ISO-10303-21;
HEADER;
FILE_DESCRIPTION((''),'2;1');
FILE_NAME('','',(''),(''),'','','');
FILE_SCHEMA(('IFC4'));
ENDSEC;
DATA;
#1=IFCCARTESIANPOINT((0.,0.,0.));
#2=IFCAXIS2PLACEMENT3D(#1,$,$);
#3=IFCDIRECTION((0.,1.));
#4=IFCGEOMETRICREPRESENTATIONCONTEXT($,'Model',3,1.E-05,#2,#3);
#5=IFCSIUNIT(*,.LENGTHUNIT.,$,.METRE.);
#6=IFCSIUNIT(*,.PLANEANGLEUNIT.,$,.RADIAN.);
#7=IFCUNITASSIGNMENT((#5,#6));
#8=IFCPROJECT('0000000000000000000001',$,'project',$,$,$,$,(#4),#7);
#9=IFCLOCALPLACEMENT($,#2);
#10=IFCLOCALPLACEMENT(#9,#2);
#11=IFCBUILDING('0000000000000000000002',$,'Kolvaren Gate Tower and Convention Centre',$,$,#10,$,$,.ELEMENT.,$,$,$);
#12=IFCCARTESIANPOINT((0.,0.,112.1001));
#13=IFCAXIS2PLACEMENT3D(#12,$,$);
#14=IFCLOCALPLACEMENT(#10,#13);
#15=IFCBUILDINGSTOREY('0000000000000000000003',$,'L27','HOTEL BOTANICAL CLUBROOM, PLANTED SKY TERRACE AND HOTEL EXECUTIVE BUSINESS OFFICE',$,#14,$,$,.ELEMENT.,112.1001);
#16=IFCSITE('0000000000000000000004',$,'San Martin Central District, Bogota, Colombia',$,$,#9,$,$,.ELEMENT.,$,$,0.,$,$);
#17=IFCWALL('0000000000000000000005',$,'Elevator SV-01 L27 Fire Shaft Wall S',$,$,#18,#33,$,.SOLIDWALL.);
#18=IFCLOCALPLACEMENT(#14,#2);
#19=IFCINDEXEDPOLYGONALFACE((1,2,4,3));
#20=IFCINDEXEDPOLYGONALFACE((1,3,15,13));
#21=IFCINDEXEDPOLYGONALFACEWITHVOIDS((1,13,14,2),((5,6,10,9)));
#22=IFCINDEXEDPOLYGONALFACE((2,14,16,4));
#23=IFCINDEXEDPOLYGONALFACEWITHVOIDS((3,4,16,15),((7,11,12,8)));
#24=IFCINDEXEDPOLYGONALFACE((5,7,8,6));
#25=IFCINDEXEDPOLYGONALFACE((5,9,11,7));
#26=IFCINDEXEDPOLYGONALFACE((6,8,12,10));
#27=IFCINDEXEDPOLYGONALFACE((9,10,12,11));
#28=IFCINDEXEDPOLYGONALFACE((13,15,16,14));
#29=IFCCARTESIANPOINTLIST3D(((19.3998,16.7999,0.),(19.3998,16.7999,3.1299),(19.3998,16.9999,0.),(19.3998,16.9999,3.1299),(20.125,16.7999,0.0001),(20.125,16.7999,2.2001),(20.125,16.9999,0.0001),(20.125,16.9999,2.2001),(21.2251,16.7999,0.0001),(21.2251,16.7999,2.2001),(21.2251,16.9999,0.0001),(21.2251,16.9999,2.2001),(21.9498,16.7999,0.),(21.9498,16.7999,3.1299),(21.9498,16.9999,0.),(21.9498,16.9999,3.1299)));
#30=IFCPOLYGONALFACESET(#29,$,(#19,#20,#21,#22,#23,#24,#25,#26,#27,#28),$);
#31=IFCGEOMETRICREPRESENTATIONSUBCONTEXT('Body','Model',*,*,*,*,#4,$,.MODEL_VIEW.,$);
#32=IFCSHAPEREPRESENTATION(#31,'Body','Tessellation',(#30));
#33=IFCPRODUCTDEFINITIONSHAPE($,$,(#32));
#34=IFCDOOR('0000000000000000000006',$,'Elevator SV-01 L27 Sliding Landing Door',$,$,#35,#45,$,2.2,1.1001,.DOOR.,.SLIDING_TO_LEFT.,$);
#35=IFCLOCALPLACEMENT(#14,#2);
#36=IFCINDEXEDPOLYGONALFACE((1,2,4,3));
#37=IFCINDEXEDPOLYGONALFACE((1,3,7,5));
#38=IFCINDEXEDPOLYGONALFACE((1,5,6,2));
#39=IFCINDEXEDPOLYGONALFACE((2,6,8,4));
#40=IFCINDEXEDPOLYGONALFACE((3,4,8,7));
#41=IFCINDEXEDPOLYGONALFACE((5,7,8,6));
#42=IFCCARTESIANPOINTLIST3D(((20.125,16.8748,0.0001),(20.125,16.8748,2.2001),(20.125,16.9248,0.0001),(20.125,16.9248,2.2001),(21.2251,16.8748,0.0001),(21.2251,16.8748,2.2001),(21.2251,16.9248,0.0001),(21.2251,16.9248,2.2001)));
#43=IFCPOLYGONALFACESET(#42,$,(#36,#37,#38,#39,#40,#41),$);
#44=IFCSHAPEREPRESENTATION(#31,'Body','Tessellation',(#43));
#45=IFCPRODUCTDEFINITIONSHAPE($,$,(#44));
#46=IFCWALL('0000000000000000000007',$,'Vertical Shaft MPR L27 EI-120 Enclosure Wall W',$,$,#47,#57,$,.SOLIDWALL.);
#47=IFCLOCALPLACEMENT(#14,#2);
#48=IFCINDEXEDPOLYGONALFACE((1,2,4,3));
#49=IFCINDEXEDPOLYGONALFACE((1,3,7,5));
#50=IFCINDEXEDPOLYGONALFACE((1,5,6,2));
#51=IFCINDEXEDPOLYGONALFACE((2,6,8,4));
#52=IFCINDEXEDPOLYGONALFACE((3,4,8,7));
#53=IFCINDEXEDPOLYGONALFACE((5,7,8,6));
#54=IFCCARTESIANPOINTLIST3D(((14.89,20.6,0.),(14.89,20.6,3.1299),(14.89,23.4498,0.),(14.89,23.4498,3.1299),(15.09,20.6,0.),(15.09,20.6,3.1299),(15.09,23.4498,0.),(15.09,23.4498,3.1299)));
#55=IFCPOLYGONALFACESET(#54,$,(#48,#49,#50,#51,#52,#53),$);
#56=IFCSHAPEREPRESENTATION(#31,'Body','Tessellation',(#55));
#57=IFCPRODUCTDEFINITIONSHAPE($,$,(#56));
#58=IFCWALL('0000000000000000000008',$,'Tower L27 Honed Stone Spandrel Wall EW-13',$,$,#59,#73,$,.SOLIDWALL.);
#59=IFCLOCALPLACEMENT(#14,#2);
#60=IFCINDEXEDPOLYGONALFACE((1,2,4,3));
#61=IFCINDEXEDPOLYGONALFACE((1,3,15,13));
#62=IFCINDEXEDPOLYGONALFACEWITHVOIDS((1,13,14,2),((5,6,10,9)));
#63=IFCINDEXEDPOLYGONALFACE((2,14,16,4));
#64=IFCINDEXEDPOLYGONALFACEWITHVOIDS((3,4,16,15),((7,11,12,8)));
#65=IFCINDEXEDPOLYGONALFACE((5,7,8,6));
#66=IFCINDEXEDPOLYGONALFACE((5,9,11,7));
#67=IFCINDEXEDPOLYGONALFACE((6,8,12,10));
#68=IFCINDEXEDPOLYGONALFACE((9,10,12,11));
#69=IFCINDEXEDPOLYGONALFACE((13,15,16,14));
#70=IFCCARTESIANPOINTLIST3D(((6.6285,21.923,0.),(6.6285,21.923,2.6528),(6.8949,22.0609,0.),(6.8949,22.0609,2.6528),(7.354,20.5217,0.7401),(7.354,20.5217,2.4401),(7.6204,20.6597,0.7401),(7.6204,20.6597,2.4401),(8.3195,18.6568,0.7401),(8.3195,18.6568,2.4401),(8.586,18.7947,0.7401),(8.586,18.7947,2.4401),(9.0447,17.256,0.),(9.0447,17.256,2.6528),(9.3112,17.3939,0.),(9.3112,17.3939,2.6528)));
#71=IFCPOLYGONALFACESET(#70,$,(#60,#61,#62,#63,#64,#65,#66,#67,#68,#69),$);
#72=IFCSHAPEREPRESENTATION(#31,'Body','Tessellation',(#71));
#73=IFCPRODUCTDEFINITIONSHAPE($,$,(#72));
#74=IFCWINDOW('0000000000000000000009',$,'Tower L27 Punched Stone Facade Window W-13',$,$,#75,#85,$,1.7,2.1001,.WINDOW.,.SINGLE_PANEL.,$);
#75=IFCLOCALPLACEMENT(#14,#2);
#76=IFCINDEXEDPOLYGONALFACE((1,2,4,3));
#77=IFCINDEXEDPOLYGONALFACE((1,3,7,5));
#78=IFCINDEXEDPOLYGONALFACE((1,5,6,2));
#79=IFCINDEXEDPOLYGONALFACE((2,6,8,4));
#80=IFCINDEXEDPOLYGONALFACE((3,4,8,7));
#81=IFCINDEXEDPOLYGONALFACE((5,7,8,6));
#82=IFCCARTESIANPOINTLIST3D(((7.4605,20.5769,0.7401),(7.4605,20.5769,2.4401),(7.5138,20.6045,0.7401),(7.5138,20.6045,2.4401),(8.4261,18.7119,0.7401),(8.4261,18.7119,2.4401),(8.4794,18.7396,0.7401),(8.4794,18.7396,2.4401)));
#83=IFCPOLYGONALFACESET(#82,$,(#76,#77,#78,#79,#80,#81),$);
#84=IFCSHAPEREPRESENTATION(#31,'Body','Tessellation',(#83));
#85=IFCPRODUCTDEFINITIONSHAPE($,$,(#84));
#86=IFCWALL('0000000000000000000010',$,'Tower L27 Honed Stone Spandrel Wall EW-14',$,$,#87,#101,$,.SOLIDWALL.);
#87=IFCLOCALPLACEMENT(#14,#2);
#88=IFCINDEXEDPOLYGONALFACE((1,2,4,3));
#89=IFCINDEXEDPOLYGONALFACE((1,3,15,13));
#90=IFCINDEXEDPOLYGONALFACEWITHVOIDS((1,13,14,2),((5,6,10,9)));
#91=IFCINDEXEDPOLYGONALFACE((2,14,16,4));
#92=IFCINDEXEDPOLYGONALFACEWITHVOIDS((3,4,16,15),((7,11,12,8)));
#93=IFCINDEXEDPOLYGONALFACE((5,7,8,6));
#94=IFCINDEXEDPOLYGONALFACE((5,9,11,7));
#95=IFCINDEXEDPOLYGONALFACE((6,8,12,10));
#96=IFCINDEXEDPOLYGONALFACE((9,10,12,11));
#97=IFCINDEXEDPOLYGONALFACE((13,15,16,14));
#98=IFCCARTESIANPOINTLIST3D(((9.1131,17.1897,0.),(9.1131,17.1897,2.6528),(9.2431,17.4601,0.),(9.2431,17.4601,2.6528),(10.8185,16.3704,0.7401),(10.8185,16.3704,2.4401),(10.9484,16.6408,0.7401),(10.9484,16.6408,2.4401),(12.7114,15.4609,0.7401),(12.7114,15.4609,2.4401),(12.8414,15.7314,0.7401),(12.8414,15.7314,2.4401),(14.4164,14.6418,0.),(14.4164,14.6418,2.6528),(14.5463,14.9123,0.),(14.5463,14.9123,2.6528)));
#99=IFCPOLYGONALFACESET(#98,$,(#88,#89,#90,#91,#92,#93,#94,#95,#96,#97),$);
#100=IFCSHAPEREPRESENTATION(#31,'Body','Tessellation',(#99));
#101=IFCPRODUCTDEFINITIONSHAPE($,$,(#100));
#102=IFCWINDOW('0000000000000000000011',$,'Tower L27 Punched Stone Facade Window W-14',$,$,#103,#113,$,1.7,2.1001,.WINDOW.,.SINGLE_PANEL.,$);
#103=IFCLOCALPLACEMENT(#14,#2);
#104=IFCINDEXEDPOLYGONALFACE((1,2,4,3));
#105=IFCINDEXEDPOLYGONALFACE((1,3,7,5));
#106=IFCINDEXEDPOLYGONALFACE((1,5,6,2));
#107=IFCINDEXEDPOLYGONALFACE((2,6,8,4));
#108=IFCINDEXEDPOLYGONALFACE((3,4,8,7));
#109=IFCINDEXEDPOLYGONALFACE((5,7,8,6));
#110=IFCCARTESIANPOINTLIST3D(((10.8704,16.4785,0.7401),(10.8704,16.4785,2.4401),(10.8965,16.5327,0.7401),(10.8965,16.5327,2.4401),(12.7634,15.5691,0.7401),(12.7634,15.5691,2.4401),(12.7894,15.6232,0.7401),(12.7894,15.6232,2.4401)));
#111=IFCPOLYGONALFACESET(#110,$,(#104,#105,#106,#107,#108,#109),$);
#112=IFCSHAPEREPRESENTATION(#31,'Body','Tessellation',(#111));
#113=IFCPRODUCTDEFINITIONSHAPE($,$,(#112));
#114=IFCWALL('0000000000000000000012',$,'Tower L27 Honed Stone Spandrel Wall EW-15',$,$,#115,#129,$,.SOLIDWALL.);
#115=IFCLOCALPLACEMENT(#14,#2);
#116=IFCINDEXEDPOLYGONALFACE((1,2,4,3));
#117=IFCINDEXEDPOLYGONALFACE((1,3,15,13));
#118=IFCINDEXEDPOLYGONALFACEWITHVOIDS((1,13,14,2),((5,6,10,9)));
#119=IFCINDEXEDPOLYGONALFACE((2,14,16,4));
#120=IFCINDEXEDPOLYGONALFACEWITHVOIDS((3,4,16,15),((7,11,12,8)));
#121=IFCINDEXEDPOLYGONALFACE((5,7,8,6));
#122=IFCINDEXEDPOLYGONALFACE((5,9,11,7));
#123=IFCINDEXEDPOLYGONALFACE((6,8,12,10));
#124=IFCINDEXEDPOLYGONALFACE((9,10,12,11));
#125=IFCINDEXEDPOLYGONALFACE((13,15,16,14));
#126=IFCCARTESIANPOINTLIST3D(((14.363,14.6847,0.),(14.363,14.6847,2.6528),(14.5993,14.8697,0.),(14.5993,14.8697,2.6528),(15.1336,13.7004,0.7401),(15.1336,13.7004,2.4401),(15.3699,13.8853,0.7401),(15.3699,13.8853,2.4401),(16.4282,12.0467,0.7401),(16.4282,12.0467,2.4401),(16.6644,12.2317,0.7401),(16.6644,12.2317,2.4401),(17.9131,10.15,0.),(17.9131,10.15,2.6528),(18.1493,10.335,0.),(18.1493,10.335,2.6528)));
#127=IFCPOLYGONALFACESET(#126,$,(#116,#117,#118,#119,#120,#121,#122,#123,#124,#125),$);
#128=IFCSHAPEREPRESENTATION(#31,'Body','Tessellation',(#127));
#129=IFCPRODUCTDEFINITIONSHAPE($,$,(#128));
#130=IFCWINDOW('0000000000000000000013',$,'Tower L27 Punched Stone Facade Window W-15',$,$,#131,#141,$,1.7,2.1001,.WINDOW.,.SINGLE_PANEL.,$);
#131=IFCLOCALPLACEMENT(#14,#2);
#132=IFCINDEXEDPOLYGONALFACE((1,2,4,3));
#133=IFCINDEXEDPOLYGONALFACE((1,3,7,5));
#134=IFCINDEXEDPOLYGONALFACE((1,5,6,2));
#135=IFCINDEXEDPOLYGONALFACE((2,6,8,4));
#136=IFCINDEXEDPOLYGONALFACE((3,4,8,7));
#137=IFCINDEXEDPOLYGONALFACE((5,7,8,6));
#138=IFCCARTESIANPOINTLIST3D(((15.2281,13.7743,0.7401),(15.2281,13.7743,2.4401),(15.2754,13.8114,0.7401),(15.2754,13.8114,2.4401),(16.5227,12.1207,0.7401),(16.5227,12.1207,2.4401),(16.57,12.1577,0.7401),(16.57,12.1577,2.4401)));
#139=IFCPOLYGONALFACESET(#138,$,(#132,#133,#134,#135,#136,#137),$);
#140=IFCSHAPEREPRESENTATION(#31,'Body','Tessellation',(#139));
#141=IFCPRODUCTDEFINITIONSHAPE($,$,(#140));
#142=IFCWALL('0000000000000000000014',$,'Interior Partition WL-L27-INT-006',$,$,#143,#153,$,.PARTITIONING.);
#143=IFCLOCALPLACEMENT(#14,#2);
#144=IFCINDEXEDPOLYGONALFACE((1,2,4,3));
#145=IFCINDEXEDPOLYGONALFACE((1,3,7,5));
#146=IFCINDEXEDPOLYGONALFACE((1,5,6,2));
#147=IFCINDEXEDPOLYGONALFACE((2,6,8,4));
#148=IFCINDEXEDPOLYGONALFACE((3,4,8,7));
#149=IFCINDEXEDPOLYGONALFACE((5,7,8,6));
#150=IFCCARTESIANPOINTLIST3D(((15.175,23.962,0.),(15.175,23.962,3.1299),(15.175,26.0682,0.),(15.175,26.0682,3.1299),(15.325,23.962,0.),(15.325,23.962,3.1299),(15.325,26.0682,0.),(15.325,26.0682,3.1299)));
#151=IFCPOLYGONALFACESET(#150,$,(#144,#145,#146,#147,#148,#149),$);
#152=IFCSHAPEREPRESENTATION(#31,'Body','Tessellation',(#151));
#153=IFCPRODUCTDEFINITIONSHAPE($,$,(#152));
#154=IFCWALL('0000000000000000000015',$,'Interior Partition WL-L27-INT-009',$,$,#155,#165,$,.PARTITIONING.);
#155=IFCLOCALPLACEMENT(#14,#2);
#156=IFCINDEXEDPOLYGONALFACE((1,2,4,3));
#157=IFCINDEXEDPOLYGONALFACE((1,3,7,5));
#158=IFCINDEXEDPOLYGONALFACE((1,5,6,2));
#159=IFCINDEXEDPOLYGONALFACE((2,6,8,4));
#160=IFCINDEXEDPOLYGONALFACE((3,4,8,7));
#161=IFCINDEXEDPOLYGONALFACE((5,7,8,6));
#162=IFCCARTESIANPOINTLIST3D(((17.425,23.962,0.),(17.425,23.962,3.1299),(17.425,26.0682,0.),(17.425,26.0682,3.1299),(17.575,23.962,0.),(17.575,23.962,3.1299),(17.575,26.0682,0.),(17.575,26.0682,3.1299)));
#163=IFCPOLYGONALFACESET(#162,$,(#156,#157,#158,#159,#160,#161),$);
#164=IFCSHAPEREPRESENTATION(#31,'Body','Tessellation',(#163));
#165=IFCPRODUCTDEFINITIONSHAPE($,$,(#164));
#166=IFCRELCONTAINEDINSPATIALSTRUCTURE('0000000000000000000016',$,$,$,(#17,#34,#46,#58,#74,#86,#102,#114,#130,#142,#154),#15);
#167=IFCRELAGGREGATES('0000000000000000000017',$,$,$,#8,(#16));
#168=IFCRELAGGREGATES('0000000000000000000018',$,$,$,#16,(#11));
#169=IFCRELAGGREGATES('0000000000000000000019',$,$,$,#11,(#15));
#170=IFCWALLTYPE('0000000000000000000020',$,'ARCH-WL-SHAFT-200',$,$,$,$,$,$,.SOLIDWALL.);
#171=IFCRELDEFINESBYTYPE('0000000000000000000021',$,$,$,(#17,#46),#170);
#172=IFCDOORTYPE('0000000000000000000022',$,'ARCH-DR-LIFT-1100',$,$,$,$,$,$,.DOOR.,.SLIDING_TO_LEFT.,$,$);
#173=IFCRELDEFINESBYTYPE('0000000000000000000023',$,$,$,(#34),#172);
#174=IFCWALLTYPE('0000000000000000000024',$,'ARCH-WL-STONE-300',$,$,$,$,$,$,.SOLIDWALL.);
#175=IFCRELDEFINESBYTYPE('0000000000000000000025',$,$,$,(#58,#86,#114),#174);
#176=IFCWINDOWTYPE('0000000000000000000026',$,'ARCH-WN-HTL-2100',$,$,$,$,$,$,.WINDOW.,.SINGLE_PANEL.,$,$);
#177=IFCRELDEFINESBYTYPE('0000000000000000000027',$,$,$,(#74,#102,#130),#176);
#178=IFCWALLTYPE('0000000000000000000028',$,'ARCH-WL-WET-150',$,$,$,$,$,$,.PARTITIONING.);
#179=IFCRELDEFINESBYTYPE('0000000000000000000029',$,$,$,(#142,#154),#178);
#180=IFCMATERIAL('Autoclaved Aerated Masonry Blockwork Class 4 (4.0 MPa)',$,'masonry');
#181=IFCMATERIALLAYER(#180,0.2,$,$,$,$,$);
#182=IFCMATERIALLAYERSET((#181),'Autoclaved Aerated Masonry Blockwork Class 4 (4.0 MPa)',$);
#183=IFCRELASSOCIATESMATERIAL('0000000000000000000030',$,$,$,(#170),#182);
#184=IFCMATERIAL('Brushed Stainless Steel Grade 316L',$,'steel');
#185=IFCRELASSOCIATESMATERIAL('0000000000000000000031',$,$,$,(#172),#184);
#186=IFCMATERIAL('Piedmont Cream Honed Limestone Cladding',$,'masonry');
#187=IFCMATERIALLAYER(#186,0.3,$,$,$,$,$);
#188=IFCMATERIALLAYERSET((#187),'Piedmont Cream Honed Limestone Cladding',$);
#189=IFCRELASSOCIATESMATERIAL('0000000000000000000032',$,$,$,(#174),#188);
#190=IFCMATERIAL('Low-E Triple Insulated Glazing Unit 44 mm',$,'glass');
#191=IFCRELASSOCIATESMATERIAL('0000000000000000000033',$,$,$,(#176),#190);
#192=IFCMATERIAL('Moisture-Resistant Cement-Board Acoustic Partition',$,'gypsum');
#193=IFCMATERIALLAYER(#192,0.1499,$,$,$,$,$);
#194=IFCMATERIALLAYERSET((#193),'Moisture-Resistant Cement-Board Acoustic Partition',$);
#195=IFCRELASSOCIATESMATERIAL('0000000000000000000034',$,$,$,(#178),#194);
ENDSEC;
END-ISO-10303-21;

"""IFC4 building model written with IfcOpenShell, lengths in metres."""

from ifc_helpers import new_model, si_unit, direction, frame, frame_2d, origin, place, context, subcontext, project, spatial, rectangle, extrude, material, layer, layer_set, type_object, element, fill, save


model = new_model("IFC4")

# Units and contexts
model_context = context("Model", 3, precision=1e-05, world=origin(), true_north=direction((0.0, 1.0)))
body_context = subcontext(model_context, "Body", "Model", "MODEL_VIEW")
ifc_project = project(units=[si_unit("LENGTHUNIT", "METRE"), si_unit("PLANEANGLEUNIT", "RADIAN")], contexts=[model_context])

# Site, building, storey
site_placement = place(None, origin())
site = spatial("IfcSite", under=ifc_project, at=site_placement, Name="San Martin Central District, Bogota, Colombia", CompositionType="ELEMENT", RefElevation=0.0)
building_placement = place(site_placement, origin())
building = spatial("IfcBuilding", under=site, at=building_placement, Name="Kolvaren Gate Tower and Convention Centre", CompositionType="ELEMENT")
storey_placement = place(building_placement, frame((0.0, 0.0, 112.1001)))
storey = spatial("IfcBuildingStorey", under=building, at=storey_placement, Name="L27", Description="HOTEL BOTANICAL CLUBROOM, PLANTED SKY TERRACE AND HOTEL EXECUTIVE BUSINESS OFFICE", CompositionType="ELEMENT", Elevation=112.1001)

# Shared definitions
ifc_material_1 = material(Name="Piedmont Cream Honed Limestone Cladding", Category="masonry")
ifc_material_2 = material(Name="Autoclaved Aerated Masonry Blockwork Class 4 (4.0 MPa)", Category="masonry")
ifc_layer_1 = layer(ifc_material_2, 0.2)
ifc_layer_set_1 = layer_set([ifc_layer_1], Name="Autoclaved Aerated Masonry Blockwork Class 4 (4.0 MPa)")
wall_type_1 = type_object("IfcWallType", Name="ARCH-WL-SHAFT-200", PredefinedType="SOLIDWALL", material=ifc_layer_set_1)

# Wall, opening, door
wall_1_placement = place(storey_placement, frame((19.3999, 16.8999, 0.0), z_axis=(0.0, 0.0, 1.0), x_axis=(1.0, 0.0, 0.0)))
wall_1 = element("IfcWall", 1, at=wall_1_placement, inside=storey, type_object=wall_type_1, Name="Elevator SV-01 L27 Fire Shaft Wall S", PredefinedType="SOLIDWALL", context=body_context, shape_type="SweptSolid", body=[
    extrude(rectangle(XDim=2.55, YDim=0.2, at=frame_2d((1.2749, 0.0))), origin(), (0.0, 0.0, 1.0), 3.1299),
])
opening_1_placement = place(wall_1_placement, frame((0.7251, 0.0, 0.0)))
opening_1 = element("IfcOpeningElement", 2, at=opening_1_placement, cuts=wall_1, PredefinedType="OPENING", context=body_context, shape_type="SweptSolid", body=[
    extrude(rectangle(XDim=1.1001, YDim=2.2, at=frame_2d((0.55, 1.1001))), frame((0.0, 0.1099, 0.0), z_axis=(0.0, -1.0, 0.0), x_axis=(1.0, 0.0, 0.0)), (0.0, 0.0, 1.0), 0.22),
])
ifc_material_3 = material(Name="Brushed Stainless Steel Grade 316L", Category="steel")
door_type = type_object("IfcDoorType", Name="ARCH-DR-LIFT-1100", OperationType="SLIDING_TO_LEFT", PredefinedType="DOOR", material=ifc_material_3)
door_placement = place(opening_1_placement, origin())
door = element("IfcDoor", 3, at=door_placement, inside=storey, type_object=door_type, Name="Elevator SV-01 L27 Sliding Landing Door", OperationType="SLIDING_TO_LEFT", OverallHeight=2.2, OverallWidth=1.1001, PredefinedType="DOOR", context=body_context, shape_type="SweptSolid", body=[
    extrude(rectangle(XDim=1.1001, YDim=2.2, at=frame_2d((0.55, 1.1001))), frame((0.0, 0.0249, 0.0), z_axis=(0.0, -1.0, 0.0), x_axis=(1.0, 0.0, 0.0)), (0.0, 0.0, 1.0), 0.05),
])
fill(opening_1, door)

# Wall
wall_2_placement = place(storey_placement, frame((14.99, 20.6001, 0.0), z_axis=(0.0, 0.0, 1.0), x_axis=(0.0, 1.0, 0.0)))
element("IfcWall", 4, at=wall_2_placement, inside=storey, type_object=wall_type_1, Name="Vertical Shaft MPR L27 EI-120 Enclosure Wall W", PredefinedType="SOLIDWALL", context=body_context, shape_type="SweptSolid", body=[
    extrude(rectangle(XDim=2.8499, YDim=0.2, at=frame_2d((1.4248, 0.0))), origin(), (0.0, 0.0, 1.0), 3.1299),
])

# Walls, openings, windows
ifc_layer_2 = layer(ifc_material_1, 0.3)
ifc_layer_set_2 = layer_set([ifc_layer_2], Name="Piedmont Cream Honed Limestone Cladding")
wall_type_2 = type_object("IfcWallType", Name="ARCH-WL-STONE-300", PredefinedType="SOLIDWALL", material=ifc_layer_set_2)
wall_3_placement = place(storey_placement, frame((6.7617, 21.9919, 0.0), z_axis=(0.0, 0.0, 1.0), x_axis=(0.459768, -0.888039, 0.0)))
wall_3 = element("IfcWall", 5, at=wall_3_placement, inside=storey, type_object=wall_type_2, Name="Tower L27 Honed Stone Spandrel Wall EW-13", PredefinedType="SOLIDWALL", context=body_context, shape_type="SweptSolid", body=[
    extrude(rectangle(XDim=5.2554, YDim=0.3, at=frame_2d((2.6277, 0.0))), origin(), (0.0, 0.0, 1.0), 2.6528),
])
opening_2_placement = place(wall_3_placement, frame((1.5779, 0.0, 0.74)))
opening_2 = element("IfcOpeningElement", 6, at=opening_2_placement, cuts=wall_3, PredefinedType="OPENING", context=body_context, shape_type="SweptSolid", body=[
    extrude(rectangle(XDim=2.1001, YDim=1.7, at=frame_2d((1.05, 0.8501))), frame((0.0, 0.1599, 0.0), z_axis=(0.0, -1.0, 0.0), x_axis=(1.0, 0.0, 0.0)), (0.0, 0.0, 1.0), 0.3201),
])
ifc_material_4 = material(Name="Low-E Triple Insulated Glazing Unit 44 mm", Category="glass")
window_type = type_object("IfcWindowType", Name="ARCH-WN-HTL-2100", PartitioningType="SINGLE_PANEL", PredefinedType="WINDOW", material=ifc_material_4)
window_1_placement = place(opening_2_placement, origin())
window_1 = element("IfcWindow", 7, at=window_1_placement, inside=storey, type_object=window_type, Name="Tower L27 Punched Stone Facade Window W-13", OverallHeight=1.7, OverallWidth=2.1001, PartitioningType="SINGLE_PANEL", PredefinedType="WINDOW", context=body_context, shape_type="SweptSolid", body=[
    extrude(rectangle(XDim=2.1001, YDim=1.7, at=frame_2d((1.05, 0.8501))), frame((0.0, 0.03, 0.0), z_axis=(0.0, -1.0, 0.0), x_axis=(1.0, 0.0, 0.0)), (0.0, 0.0, 1.0), 0.0601),
])
fill(opening_2, window_1)
wall_4_placement = place(storey_placement, frame((9.178, 17.325, 0.0), z_axis=(0.0, 0.0, 1.0), x_axis=(0.90137, -0.433049, 0.0)))
wall_4 = element("IfcWall", 8, at=wall_4_placement, inside=storey, type_object=wall_type_2, Name="Tower L27 Honed Stone Spandrel Wall EW-14", PredefinedType="SOLIDWALL", context=body_context, shape_type="SweptSolid", body=[
    extrude(rectangle(XDim=5.8835, YDim=0.3, at=frame_2d((2.9419, 0.0))), origin(), (0.0, 0.0, 1.0), 2.6528),
])
opening_3_placement = place(wall_4_placement, frame((1.8921, 0.0, 0.74)))
opening_3 = element("IfcOpeningElement", 9, at=opening_3_placement, cuts=wall_4, PredefinedType="OPENING", context=body_context, shape_type="SweptSolid", body=[
    extrude(rectangle(XDim=2.1001, YDim=1.7, at=frame_2d((1.05, 0.8501))), frame((0.0, 0.1599, 0.0), z_axis=(0.0, -1.0, 0.0), x_axis=(1.0, 0.0, 0.0)), (0.0, 0.0, 1.0), 0.3201),
])
window_2_placement = place(opening_3_placement, origin())
window_2 = element("IfcWindow", 10, at=window_2_placement, inside=storey, type_object=window_type, Name="Tower L27 Punched Stone Facade Window W-14", OverallHeight=1.7, OverallWidth=2.1001, PartitioningType="SINGLE_PANEL", PredefinedType="WINDOW", context=body_context, shape_type="SweptSolid", body=[
    extrude(rectangle(XDim=2.1001, YDim=1.7, at=frame_2d((1.05, 0.8501))), frame((0.0, 0.03, 0.0), z_axis=(0.0, -1.0, 0.0), x_axis=(1.0, 0.0, 0.0)), (0.0, 0.0, 1.0), 0.0601),
])
fill(opening_3, window_2)
wall_5_placement = place(storey_placement, frame((14.4812, 14.7771, 0.0), z_axis=(0.0, 0.0, 1.0), x_axis=(0.616435, -0.787406, 0.0)))
wall_5 = element("IfcWall", 11, at=wall_5_placement, inside=storey, type_object=wall_type_2, Name="Tower L27 Honed Stone Spandrel Wall EW-15", PredefinedType="SOLIDWALL", context=body_context, shape_type="SweptSolid", body=[
    extrude(rectangle(XDim=5.759, YDim=0.3, at=frame_2d((2.8794, 0.0))), origin(), (0.0, 0.0, 1.0), 2.6528),
])
opening_4_placement = place(wall_5_placement, frame((1.25, 0.0, 0.74)))
opening_4 = element("IfcOpeningElement", 12, at=opening_4_placement, cuts=wall_5, PredefinedType="OPENING", context=body_context, shape_type="SweptSolid", body=[
    extrude(rectangle(XDim=2.1001, YDim=1.7, at=frame_2d((1.05, 0.8501))), frame((0.0, 0.1599, 0.0), z_axis=(0.0, -1.0, 0.0), x_axis=(1.0, 0.0, 0.0)), (0.0, 0.0, 1.0), 0.3201),
])
window_3_placement = place(opening_4_placement, origin())
window_3 = element("IfcWindow", 13, at=window_3_placement, inside=storey, type_object=window_type, Name="Tower L27 Punched Stone Facade Window W-15", OverallHeight=1.7, OverallWidth=2.1001, PartitioningType="SINGLE_PANEL", PredefinedType="WINDOW", context=body_context, shape_type="SweptSolid", body=[
    extrude(rectangle(XDim=2.1001, YDim=1.7, at=frame_2d((1.05, 0.8501))), frame((0.0, 0.03, 0.0), z_axis=(0.0, -1.0, 0.0), x_axis=(1.0, 0.0, 0.0)), (0.0, 0.0, 1.0), 0.0601),
])
fill(opening_4, window_3)

# Walls
ifc_material_5 = material(Name="Moisture-Resistant Cement-Board Acoustic Partition", Category="gypsum")
ifc_layer_3 = layer(ifc_material_5, 0.1499)
ifc_layer_set_3 = layer_set([ifc_layer_3], Name="Moisture-Resistant Cement-Board Acoustic Partition")
wall_type_3 = type_object("IfcWallType", Name="ARCH-WL-WET-150", PredefinedType="PARTITIONING", material=ifc_layer_set_3)
for number, where, z_axis, x_axis, name in (
    (14, (15.25, 23.9619, 0.0), (0.0, 0.0, 1.0), (0.0, 1.0, 0.0), "Interior Partition WL-L27-INT-006"),
    (15, (17.5, 23.9619, 0.0), (0.0, 0.0, 1.0), (0.0, 1.0, 0.0), "Interior Partition WL-L27-INT-009"),
):
    element("IfcWall", number, at=place(storey_placement, frame(where, z_axis=z_axis, x_axis=x_axis)), inside=storey, type_object=wall_type_3, Name=name, PredefinedType="PARTITIONING", context=body_context, shape_type="SweptSolid", body=[
        extrude(rectangle(XDim=2.1062, YDim=0.1499, at=frame_2d((1.0532, 0.0))), origin(), (0.0, 0.0, 1.0), 3.1299),
    ])

save(model, "model.ifc")
